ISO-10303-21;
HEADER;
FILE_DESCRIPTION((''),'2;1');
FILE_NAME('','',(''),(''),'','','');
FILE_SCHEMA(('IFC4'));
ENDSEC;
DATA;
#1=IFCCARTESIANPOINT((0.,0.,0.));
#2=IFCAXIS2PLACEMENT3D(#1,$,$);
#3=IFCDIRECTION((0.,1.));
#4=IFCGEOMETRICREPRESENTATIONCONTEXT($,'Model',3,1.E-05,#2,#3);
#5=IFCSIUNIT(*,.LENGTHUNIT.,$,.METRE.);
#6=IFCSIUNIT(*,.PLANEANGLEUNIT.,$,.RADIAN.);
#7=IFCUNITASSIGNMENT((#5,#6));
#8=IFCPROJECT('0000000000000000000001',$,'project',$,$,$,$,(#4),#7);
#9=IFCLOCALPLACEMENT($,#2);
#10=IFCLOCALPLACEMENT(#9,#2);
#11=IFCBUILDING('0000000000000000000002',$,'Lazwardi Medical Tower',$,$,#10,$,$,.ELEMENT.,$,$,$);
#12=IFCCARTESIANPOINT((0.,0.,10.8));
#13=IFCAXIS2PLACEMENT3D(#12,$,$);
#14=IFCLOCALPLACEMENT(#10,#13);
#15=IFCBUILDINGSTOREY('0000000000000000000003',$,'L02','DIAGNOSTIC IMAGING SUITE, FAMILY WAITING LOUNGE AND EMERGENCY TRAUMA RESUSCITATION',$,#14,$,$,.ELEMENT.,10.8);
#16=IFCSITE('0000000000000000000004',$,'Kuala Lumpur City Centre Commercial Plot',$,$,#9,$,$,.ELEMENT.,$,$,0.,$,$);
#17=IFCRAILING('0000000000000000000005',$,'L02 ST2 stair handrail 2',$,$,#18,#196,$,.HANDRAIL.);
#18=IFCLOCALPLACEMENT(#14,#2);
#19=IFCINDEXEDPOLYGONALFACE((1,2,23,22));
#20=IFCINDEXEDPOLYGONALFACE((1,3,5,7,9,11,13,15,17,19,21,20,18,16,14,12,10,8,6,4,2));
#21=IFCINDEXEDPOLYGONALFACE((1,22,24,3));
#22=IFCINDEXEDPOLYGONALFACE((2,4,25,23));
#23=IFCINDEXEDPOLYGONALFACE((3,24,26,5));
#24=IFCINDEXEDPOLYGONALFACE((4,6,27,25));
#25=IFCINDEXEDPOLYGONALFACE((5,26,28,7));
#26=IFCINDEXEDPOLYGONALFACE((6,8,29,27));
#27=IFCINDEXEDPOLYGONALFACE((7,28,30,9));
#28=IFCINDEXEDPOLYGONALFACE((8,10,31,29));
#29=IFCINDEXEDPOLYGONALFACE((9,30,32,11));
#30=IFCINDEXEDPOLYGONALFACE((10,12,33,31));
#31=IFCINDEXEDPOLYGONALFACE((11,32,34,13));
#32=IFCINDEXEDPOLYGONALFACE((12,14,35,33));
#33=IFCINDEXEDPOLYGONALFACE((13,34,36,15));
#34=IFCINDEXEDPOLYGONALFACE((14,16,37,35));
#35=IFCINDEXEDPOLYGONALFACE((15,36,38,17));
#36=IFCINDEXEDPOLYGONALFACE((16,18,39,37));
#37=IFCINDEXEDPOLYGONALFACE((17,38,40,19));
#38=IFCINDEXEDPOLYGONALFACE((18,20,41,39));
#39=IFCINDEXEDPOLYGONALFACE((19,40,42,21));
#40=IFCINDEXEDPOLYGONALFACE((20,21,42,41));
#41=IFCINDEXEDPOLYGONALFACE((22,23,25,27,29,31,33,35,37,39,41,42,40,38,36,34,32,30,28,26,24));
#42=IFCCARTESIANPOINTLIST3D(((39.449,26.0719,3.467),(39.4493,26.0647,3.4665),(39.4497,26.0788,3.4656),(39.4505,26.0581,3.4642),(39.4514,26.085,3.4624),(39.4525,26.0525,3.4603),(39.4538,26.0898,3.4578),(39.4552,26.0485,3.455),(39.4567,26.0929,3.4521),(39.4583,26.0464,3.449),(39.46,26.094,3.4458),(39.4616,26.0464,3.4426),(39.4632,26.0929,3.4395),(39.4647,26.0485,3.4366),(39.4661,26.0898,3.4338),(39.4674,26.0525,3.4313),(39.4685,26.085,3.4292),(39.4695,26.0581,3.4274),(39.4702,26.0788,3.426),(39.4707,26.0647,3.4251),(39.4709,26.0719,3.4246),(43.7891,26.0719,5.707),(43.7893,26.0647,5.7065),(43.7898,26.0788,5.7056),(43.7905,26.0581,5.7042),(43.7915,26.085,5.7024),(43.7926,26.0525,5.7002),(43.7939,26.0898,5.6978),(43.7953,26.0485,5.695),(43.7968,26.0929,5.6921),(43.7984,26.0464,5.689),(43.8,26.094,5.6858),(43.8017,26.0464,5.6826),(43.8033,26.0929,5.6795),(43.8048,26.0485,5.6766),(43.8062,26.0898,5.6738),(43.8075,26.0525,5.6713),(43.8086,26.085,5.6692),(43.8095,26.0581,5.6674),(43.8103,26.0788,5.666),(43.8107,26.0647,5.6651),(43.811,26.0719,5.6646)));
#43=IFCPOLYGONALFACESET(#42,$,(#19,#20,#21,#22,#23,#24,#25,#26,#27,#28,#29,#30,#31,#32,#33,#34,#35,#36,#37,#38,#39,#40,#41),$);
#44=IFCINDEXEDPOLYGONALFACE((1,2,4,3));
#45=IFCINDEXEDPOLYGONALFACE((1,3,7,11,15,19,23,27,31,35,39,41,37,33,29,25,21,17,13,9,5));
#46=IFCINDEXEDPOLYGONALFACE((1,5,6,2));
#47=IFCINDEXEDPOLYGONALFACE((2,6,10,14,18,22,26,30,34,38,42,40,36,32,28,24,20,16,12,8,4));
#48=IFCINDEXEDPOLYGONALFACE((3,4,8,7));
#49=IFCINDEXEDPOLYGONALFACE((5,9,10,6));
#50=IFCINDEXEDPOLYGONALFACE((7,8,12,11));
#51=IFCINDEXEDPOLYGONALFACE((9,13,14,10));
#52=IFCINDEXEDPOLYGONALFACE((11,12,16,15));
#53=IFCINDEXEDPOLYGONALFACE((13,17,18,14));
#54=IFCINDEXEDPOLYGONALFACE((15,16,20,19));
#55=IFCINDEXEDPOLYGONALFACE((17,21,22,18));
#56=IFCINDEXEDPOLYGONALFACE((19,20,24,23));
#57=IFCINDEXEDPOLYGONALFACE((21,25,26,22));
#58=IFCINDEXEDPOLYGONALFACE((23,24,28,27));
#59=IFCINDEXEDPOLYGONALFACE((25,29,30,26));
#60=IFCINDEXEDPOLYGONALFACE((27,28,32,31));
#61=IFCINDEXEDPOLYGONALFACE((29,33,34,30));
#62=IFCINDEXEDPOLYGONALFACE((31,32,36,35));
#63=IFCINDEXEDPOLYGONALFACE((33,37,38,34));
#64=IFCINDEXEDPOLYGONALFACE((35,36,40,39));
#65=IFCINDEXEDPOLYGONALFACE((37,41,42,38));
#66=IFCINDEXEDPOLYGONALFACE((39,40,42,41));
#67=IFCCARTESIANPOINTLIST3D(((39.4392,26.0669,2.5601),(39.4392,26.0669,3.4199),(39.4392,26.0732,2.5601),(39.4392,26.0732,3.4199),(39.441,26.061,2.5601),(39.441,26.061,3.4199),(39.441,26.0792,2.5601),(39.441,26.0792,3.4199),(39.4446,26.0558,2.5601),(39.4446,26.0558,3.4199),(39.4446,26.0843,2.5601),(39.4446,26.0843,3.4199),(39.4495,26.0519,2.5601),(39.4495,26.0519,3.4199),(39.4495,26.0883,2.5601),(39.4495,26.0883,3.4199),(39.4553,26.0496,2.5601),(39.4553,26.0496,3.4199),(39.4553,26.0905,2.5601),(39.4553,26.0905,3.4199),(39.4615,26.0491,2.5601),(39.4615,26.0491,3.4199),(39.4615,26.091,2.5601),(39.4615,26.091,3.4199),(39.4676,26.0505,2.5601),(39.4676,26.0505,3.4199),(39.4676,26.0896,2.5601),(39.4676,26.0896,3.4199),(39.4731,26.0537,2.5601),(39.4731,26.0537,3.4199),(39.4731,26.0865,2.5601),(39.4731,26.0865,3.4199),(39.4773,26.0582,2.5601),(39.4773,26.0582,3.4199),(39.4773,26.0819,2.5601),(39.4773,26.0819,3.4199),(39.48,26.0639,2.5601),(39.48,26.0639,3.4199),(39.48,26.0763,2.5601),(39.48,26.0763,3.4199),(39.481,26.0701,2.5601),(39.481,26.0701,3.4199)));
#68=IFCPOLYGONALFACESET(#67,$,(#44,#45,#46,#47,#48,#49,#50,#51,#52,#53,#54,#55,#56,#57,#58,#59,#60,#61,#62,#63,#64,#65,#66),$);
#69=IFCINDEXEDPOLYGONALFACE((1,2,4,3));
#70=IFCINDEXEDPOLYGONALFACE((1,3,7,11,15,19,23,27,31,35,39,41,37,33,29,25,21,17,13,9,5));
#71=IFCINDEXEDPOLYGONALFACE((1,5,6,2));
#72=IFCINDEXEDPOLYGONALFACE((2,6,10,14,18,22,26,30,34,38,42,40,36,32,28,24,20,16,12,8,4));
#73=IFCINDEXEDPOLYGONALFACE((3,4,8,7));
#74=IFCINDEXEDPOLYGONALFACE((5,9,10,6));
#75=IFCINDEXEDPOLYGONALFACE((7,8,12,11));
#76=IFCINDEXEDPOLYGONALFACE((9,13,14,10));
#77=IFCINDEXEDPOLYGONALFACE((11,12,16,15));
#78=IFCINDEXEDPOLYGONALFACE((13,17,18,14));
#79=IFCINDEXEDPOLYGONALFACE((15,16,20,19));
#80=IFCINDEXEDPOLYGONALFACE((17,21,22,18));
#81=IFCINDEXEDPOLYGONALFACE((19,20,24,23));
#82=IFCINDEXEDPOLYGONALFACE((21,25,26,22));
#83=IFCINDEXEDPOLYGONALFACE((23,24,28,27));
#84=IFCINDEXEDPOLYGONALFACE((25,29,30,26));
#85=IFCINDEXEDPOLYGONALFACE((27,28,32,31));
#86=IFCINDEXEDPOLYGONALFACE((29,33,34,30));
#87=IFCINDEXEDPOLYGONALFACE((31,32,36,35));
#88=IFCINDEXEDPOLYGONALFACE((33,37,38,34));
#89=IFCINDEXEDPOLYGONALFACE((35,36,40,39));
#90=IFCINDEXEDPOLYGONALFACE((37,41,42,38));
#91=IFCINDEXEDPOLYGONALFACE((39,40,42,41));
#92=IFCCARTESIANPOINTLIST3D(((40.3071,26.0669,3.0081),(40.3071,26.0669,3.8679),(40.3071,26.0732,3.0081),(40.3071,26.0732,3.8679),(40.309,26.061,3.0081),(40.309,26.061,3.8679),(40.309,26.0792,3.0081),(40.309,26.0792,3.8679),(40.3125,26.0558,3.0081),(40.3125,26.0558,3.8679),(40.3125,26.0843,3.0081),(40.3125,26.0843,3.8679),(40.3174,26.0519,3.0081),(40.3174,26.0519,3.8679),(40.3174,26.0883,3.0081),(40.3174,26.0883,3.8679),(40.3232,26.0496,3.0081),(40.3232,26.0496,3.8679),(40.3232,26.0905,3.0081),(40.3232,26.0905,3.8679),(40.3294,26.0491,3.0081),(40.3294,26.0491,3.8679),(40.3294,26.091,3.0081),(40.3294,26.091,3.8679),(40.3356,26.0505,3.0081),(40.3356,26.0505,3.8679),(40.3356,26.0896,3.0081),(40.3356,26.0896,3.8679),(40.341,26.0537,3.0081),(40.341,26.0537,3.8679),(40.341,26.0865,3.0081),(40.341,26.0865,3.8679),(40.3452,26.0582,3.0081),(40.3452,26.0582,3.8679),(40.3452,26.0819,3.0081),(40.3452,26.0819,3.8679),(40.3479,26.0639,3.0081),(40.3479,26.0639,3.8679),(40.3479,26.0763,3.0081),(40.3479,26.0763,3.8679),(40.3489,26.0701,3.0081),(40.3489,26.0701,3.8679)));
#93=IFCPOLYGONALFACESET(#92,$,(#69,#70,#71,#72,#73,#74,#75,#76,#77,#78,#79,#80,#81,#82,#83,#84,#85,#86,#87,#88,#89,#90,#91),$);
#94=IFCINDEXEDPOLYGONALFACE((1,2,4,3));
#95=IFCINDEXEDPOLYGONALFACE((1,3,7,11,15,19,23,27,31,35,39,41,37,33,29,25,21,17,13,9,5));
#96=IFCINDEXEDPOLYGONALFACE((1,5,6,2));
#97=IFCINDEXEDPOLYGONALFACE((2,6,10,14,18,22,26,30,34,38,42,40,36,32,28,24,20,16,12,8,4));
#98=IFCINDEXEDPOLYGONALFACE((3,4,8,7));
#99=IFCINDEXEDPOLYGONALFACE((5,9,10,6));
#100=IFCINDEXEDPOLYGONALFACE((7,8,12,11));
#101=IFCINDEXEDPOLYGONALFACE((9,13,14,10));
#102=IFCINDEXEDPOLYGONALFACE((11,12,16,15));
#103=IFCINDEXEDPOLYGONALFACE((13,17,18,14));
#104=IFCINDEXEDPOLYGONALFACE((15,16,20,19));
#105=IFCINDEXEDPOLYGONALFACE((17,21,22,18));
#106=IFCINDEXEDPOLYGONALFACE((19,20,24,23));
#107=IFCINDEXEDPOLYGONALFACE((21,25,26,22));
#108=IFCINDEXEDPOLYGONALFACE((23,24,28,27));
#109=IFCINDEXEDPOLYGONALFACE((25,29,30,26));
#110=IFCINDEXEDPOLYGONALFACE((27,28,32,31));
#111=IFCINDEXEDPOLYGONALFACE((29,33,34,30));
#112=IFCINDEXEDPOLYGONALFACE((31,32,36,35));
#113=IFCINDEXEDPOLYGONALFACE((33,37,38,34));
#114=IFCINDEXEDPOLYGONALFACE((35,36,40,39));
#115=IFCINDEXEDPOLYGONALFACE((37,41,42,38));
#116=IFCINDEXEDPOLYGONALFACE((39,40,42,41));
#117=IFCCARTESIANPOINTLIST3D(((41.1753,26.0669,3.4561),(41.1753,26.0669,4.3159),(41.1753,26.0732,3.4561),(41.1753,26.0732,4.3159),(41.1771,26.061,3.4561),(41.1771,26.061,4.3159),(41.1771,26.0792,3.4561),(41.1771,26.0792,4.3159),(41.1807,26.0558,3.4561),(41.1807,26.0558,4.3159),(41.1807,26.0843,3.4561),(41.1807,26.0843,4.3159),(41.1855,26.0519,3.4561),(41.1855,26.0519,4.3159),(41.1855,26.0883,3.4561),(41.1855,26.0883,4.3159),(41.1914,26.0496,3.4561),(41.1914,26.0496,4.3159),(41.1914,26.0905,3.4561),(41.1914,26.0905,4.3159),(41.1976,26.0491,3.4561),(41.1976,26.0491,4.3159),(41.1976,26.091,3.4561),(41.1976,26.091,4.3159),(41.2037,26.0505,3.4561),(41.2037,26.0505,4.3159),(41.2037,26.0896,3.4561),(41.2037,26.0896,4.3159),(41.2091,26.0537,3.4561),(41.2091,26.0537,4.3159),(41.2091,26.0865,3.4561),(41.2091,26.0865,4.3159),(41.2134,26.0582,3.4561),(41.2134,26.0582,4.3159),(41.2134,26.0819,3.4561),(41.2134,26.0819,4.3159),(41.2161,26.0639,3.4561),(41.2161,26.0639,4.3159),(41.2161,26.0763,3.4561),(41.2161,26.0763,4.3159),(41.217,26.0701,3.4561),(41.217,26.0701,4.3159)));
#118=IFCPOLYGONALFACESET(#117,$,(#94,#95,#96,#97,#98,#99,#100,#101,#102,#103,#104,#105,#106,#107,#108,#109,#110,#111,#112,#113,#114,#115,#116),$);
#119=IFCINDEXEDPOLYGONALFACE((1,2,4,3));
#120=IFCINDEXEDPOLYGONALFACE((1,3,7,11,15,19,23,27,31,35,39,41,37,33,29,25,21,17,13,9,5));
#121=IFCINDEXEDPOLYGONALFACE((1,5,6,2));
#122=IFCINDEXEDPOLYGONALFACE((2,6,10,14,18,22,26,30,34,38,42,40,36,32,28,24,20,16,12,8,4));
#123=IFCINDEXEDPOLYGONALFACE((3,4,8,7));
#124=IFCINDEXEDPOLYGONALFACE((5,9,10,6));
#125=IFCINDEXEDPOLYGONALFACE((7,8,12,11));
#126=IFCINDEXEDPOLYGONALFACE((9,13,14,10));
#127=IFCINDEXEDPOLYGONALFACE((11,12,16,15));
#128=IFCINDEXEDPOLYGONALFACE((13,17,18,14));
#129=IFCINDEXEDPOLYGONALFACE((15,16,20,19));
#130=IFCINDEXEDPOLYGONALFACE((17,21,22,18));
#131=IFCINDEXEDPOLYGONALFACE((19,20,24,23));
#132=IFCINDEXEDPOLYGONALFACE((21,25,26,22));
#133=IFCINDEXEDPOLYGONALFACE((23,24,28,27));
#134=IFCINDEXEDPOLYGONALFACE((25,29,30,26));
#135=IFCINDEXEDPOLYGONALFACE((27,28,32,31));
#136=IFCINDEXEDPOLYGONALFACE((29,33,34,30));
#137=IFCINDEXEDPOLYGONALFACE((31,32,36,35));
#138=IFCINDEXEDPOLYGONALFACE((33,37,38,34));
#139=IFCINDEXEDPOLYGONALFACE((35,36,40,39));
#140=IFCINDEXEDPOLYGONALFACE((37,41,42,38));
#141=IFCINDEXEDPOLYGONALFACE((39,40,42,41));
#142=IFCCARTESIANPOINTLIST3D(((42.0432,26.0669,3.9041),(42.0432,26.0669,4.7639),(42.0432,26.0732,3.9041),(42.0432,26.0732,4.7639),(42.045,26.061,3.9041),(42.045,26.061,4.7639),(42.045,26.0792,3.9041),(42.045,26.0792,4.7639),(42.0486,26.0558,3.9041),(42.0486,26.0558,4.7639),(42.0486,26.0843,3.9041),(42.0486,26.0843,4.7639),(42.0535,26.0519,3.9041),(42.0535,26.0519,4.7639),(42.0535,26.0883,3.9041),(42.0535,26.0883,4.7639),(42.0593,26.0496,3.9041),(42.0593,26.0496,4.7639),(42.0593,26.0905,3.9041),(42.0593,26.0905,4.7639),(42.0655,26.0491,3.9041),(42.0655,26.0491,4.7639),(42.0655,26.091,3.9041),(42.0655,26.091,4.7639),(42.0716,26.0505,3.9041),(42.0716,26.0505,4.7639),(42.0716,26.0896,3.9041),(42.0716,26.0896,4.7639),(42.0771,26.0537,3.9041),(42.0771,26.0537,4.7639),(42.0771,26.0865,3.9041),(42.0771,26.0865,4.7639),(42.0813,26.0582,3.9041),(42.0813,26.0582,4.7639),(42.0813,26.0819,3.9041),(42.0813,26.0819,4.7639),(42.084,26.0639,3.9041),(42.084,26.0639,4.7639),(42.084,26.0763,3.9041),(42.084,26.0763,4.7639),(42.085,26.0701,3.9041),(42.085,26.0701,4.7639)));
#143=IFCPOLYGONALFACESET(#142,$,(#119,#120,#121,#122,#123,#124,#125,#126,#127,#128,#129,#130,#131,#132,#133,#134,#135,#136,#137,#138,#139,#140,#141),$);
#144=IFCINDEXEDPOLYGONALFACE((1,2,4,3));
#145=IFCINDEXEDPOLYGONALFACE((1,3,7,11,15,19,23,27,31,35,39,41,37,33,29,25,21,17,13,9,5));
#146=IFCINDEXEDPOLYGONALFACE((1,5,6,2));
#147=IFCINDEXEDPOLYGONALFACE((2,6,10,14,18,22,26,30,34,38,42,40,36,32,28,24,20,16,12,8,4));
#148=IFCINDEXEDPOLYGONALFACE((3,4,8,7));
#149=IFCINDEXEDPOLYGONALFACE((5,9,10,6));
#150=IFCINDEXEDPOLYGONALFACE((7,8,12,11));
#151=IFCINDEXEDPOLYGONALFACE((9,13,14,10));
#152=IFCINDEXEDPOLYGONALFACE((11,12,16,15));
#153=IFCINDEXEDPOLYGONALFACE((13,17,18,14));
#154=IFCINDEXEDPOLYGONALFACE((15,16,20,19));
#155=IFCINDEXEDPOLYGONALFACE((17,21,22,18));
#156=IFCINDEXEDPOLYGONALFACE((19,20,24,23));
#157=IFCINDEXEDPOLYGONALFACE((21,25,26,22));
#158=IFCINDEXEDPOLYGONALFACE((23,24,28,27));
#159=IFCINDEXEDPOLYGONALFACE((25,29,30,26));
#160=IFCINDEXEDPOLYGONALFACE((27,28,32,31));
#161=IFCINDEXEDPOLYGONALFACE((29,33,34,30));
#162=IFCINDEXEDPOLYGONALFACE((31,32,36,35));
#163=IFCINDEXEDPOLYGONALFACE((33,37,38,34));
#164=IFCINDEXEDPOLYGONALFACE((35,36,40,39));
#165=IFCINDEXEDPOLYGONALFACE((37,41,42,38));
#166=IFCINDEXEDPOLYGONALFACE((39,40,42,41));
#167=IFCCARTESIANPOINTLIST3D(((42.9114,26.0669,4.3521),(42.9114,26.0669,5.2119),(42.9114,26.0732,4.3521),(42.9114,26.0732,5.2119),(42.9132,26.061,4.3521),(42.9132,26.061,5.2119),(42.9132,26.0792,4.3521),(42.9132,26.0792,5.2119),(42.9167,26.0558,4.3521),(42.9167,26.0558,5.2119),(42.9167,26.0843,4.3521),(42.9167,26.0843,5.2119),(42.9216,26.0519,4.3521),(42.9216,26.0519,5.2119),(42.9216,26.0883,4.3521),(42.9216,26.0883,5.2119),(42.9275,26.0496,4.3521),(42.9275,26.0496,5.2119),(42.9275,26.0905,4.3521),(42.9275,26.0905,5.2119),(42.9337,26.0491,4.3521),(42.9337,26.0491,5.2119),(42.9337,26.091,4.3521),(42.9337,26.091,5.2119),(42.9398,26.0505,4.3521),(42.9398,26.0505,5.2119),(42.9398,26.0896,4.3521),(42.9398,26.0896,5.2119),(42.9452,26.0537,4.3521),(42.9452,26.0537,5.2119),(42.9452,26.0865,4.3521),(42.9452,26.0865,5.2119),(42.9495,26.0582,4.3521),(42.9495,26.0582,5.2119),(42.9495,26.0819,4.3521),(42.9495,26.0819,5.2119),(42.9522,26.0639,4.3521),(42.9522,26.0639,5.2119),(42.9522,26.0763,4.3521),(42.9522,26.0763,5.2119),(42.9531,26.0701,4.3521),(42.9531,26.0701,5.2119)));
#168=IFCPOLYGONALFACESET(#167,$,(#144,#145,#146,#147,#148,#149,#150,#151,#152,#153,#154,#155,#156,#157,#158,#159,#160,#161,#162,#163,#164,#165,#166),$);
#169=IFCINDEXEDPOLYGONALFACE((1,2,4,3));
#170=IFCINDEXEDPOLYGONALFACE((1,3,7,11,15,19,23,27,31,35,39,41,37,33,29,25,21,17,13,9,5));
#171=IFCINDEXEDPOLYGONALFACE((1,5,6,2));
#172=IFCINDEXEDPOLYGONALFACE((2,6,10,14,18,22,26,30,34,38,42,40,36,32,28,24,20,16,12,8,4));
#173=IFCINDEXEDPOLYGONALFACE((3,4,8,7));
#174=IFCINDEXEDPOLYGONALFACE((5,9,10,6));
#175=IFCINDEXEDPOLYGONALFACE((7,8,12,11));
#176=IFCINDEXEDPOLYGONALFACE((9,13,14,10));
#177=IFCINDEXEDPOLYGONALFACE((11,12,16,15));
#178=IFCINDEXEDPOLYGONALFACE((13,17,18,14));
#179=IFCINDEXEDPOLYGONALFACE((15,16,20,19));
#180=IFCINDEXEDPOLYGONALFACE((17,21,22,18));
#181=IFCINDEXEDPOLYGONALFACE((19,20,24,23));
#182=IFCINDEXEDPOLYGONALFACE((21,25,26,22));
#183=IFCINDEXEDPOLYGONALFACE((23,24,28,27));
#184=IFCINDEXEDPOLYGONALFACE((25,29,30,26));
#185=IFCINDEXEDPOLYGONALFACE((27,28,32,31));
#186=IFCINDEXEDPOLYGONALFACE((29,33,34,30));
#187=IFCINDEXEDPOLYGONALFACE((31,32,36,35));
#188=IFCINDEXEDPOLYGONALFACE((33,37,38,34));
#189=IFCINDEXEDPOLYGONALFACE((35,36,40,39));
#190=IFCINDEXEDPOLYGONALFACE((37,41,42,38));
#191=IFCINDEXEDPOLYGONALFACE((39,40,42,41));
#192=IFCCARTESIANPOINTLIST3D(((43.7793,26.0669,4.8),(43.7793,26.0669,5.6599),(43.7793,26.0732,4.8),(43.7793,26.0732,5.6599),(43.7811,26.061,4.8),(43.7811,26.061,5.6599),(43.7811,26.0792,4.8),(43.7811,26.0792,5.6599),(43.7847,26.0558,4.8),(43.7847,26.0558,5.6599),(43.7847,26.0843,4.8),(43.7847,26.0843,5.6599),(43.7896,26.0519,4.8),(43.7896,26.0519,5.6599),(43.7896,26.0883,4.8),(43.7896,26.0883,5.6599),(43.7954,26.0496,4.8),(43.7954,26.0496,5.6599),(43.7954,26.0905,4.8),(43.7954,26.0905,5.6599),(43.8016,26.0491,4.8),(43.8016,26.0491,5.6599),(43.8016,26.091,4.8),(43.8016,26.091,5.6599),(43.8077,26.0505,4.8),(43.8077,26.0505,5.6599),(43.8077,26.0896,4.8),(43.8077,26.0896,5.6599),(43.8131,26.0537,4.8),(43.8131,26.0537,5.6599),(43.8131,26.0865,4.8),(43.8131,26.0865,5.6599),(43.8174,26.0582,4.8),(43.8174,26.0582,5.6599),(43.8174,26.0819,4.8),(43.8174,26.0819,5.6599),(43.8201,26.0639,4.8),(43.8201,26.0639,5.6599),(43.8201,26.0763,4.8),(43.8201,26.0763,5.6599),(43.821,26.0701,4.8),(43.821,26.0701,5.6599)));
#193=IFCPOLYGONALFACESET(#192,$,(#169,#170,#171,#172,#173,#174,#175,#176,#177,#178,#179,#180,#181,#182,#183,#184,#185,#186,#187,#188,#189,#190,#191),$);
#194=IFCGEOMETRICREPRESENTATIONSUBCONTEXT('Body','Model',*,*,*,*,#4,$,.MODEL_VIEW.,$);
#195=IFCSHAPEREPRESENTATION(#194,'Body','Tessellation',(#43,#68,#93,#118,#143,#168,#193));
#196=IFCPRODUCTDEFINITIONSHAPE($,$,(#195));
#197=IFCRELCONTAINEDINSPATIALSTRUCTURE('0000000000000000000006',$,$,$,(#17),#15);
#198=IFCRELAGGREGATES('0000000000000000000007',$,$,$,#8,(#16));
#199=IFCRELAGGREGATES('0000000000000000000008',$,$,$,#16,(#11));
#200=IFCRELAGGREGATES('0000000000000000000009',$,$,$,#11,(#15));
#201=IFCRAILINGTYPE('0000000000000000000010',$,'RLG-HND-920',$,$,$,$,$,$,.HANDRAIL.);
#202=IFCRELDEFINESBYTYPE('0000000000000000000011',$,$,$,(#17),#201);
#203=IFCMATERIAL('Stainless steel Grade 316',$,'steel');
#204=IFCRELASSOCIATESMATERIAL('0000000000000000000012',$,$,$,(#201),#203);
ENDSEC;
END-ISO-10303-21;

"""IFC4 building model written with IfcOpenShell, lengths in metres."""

from ifc_helpers import new_model, si_unit, direction, frame, origin, origin_2d, place, context, subcontext, project, spatial, circle, extrude, material, type_object, element, save


model = new_model("IFC4")

# Units and contexts
model_context = context("Model", 3, precision=1e-05, world=origin(), true_north=direction((0.0, 1.0)))
body_context = subcontext(model_context, "Body", "Model", "MODEL_VIEW")
ifc_project = project(units=[si_unit("LENGTHUNIT", "METRE"), si_unit("PLANEANGLEUNIT", "RADIAN")], contexts=[model_context])

# Site, building, storey
site_placement = place(None, origin())
site = spatial("IfcSite", under=ifc_project, at=site_placement, Name="Kuala Lumpur City Centre Commercial Plot", CompositionType="ELEMENT", RefElevation=0.0)
building_placement = place(site_placement, origin())
building = spatial("IfcBuilding", under=site, at=building_placement, Name="Lazwardi Medical Tower", CompositionType="ELEMENT")
storey_placement = place(building_placement, frame((0.0, 0.0, 10.8)))
storey = spatial("IfcBuildingStorey", under=building, at=storey_placement, Name="L02", Description="DIAGNOSTIC IMAGING SUITE, FAMILY WAITING LOUNGE AND EMERGENCY TRAUMA RESUSCITATION", CompositionType="ELEMENT", Elevation=10.8)

# Railing
ifc_material_1 = material(Name="Stainless steel Grade 316", Category="steel")
railing_type_1 = type_object("IfcRailingType", Name="RLG-HND-920", PredefinedType="HANDRAIL", material=ifc_material_1)
railing_1_placement = place(storey_placement, frame((39.46, 26.0701, 2.5601)))
element("IfcRailing", 1, at=railing_1_placement, inside=storey, type_object=railing_type_1, Name="L02 ST2 stair handrail 2", PredefinedType="HANDRAIL", context=body_context, shape_type="SweptSolid", body=[
    extrude(circle(Radius=0.0239, at=origin_2d()), frame((0.0, 0.0, 0.8857), z_axis=(0.888625, 0.0, 0.458634), x_axis=(0.0, 1.0, 0.0)), (0.0, 0.0, 1.0), 4.884),
    extrude(circle(Radius=0.021, at=origin_2d()), origin(), (0.0, 0.0, 1.0), 0.8599),
    extrude(circle(Radius=0.021, at=origin_2d()), frame((0.8679, 0.0, 0.448)), (0.0, 0.0, 1.0), 0.8599),
    extrude(circle(Radius=0.021, at=origin_2d()), frame((1.7361, 0.0, 0.896)), (0.0, 0.0, 1.0), 0.8599),
    extrude(circle(Radius=0.021, at=origin_2d()), frame((2.604, 0.0, 1.344)), (0.0, 0.0, 1.0), 0.8599),
    extrude(circle(Radius=0.021, at=origin_2d()), frame((3.4722, 0.0, 1.792)), (0.0, 0.0, 1.0), 0.8599),
    extrude(circle(Radius=0.021, at=origin_2d()), frame((4.3401, 0.0, 2.24)), (0.0, 0.0, 1.0), 0.8599),
])

save(model, "model.ifc")
